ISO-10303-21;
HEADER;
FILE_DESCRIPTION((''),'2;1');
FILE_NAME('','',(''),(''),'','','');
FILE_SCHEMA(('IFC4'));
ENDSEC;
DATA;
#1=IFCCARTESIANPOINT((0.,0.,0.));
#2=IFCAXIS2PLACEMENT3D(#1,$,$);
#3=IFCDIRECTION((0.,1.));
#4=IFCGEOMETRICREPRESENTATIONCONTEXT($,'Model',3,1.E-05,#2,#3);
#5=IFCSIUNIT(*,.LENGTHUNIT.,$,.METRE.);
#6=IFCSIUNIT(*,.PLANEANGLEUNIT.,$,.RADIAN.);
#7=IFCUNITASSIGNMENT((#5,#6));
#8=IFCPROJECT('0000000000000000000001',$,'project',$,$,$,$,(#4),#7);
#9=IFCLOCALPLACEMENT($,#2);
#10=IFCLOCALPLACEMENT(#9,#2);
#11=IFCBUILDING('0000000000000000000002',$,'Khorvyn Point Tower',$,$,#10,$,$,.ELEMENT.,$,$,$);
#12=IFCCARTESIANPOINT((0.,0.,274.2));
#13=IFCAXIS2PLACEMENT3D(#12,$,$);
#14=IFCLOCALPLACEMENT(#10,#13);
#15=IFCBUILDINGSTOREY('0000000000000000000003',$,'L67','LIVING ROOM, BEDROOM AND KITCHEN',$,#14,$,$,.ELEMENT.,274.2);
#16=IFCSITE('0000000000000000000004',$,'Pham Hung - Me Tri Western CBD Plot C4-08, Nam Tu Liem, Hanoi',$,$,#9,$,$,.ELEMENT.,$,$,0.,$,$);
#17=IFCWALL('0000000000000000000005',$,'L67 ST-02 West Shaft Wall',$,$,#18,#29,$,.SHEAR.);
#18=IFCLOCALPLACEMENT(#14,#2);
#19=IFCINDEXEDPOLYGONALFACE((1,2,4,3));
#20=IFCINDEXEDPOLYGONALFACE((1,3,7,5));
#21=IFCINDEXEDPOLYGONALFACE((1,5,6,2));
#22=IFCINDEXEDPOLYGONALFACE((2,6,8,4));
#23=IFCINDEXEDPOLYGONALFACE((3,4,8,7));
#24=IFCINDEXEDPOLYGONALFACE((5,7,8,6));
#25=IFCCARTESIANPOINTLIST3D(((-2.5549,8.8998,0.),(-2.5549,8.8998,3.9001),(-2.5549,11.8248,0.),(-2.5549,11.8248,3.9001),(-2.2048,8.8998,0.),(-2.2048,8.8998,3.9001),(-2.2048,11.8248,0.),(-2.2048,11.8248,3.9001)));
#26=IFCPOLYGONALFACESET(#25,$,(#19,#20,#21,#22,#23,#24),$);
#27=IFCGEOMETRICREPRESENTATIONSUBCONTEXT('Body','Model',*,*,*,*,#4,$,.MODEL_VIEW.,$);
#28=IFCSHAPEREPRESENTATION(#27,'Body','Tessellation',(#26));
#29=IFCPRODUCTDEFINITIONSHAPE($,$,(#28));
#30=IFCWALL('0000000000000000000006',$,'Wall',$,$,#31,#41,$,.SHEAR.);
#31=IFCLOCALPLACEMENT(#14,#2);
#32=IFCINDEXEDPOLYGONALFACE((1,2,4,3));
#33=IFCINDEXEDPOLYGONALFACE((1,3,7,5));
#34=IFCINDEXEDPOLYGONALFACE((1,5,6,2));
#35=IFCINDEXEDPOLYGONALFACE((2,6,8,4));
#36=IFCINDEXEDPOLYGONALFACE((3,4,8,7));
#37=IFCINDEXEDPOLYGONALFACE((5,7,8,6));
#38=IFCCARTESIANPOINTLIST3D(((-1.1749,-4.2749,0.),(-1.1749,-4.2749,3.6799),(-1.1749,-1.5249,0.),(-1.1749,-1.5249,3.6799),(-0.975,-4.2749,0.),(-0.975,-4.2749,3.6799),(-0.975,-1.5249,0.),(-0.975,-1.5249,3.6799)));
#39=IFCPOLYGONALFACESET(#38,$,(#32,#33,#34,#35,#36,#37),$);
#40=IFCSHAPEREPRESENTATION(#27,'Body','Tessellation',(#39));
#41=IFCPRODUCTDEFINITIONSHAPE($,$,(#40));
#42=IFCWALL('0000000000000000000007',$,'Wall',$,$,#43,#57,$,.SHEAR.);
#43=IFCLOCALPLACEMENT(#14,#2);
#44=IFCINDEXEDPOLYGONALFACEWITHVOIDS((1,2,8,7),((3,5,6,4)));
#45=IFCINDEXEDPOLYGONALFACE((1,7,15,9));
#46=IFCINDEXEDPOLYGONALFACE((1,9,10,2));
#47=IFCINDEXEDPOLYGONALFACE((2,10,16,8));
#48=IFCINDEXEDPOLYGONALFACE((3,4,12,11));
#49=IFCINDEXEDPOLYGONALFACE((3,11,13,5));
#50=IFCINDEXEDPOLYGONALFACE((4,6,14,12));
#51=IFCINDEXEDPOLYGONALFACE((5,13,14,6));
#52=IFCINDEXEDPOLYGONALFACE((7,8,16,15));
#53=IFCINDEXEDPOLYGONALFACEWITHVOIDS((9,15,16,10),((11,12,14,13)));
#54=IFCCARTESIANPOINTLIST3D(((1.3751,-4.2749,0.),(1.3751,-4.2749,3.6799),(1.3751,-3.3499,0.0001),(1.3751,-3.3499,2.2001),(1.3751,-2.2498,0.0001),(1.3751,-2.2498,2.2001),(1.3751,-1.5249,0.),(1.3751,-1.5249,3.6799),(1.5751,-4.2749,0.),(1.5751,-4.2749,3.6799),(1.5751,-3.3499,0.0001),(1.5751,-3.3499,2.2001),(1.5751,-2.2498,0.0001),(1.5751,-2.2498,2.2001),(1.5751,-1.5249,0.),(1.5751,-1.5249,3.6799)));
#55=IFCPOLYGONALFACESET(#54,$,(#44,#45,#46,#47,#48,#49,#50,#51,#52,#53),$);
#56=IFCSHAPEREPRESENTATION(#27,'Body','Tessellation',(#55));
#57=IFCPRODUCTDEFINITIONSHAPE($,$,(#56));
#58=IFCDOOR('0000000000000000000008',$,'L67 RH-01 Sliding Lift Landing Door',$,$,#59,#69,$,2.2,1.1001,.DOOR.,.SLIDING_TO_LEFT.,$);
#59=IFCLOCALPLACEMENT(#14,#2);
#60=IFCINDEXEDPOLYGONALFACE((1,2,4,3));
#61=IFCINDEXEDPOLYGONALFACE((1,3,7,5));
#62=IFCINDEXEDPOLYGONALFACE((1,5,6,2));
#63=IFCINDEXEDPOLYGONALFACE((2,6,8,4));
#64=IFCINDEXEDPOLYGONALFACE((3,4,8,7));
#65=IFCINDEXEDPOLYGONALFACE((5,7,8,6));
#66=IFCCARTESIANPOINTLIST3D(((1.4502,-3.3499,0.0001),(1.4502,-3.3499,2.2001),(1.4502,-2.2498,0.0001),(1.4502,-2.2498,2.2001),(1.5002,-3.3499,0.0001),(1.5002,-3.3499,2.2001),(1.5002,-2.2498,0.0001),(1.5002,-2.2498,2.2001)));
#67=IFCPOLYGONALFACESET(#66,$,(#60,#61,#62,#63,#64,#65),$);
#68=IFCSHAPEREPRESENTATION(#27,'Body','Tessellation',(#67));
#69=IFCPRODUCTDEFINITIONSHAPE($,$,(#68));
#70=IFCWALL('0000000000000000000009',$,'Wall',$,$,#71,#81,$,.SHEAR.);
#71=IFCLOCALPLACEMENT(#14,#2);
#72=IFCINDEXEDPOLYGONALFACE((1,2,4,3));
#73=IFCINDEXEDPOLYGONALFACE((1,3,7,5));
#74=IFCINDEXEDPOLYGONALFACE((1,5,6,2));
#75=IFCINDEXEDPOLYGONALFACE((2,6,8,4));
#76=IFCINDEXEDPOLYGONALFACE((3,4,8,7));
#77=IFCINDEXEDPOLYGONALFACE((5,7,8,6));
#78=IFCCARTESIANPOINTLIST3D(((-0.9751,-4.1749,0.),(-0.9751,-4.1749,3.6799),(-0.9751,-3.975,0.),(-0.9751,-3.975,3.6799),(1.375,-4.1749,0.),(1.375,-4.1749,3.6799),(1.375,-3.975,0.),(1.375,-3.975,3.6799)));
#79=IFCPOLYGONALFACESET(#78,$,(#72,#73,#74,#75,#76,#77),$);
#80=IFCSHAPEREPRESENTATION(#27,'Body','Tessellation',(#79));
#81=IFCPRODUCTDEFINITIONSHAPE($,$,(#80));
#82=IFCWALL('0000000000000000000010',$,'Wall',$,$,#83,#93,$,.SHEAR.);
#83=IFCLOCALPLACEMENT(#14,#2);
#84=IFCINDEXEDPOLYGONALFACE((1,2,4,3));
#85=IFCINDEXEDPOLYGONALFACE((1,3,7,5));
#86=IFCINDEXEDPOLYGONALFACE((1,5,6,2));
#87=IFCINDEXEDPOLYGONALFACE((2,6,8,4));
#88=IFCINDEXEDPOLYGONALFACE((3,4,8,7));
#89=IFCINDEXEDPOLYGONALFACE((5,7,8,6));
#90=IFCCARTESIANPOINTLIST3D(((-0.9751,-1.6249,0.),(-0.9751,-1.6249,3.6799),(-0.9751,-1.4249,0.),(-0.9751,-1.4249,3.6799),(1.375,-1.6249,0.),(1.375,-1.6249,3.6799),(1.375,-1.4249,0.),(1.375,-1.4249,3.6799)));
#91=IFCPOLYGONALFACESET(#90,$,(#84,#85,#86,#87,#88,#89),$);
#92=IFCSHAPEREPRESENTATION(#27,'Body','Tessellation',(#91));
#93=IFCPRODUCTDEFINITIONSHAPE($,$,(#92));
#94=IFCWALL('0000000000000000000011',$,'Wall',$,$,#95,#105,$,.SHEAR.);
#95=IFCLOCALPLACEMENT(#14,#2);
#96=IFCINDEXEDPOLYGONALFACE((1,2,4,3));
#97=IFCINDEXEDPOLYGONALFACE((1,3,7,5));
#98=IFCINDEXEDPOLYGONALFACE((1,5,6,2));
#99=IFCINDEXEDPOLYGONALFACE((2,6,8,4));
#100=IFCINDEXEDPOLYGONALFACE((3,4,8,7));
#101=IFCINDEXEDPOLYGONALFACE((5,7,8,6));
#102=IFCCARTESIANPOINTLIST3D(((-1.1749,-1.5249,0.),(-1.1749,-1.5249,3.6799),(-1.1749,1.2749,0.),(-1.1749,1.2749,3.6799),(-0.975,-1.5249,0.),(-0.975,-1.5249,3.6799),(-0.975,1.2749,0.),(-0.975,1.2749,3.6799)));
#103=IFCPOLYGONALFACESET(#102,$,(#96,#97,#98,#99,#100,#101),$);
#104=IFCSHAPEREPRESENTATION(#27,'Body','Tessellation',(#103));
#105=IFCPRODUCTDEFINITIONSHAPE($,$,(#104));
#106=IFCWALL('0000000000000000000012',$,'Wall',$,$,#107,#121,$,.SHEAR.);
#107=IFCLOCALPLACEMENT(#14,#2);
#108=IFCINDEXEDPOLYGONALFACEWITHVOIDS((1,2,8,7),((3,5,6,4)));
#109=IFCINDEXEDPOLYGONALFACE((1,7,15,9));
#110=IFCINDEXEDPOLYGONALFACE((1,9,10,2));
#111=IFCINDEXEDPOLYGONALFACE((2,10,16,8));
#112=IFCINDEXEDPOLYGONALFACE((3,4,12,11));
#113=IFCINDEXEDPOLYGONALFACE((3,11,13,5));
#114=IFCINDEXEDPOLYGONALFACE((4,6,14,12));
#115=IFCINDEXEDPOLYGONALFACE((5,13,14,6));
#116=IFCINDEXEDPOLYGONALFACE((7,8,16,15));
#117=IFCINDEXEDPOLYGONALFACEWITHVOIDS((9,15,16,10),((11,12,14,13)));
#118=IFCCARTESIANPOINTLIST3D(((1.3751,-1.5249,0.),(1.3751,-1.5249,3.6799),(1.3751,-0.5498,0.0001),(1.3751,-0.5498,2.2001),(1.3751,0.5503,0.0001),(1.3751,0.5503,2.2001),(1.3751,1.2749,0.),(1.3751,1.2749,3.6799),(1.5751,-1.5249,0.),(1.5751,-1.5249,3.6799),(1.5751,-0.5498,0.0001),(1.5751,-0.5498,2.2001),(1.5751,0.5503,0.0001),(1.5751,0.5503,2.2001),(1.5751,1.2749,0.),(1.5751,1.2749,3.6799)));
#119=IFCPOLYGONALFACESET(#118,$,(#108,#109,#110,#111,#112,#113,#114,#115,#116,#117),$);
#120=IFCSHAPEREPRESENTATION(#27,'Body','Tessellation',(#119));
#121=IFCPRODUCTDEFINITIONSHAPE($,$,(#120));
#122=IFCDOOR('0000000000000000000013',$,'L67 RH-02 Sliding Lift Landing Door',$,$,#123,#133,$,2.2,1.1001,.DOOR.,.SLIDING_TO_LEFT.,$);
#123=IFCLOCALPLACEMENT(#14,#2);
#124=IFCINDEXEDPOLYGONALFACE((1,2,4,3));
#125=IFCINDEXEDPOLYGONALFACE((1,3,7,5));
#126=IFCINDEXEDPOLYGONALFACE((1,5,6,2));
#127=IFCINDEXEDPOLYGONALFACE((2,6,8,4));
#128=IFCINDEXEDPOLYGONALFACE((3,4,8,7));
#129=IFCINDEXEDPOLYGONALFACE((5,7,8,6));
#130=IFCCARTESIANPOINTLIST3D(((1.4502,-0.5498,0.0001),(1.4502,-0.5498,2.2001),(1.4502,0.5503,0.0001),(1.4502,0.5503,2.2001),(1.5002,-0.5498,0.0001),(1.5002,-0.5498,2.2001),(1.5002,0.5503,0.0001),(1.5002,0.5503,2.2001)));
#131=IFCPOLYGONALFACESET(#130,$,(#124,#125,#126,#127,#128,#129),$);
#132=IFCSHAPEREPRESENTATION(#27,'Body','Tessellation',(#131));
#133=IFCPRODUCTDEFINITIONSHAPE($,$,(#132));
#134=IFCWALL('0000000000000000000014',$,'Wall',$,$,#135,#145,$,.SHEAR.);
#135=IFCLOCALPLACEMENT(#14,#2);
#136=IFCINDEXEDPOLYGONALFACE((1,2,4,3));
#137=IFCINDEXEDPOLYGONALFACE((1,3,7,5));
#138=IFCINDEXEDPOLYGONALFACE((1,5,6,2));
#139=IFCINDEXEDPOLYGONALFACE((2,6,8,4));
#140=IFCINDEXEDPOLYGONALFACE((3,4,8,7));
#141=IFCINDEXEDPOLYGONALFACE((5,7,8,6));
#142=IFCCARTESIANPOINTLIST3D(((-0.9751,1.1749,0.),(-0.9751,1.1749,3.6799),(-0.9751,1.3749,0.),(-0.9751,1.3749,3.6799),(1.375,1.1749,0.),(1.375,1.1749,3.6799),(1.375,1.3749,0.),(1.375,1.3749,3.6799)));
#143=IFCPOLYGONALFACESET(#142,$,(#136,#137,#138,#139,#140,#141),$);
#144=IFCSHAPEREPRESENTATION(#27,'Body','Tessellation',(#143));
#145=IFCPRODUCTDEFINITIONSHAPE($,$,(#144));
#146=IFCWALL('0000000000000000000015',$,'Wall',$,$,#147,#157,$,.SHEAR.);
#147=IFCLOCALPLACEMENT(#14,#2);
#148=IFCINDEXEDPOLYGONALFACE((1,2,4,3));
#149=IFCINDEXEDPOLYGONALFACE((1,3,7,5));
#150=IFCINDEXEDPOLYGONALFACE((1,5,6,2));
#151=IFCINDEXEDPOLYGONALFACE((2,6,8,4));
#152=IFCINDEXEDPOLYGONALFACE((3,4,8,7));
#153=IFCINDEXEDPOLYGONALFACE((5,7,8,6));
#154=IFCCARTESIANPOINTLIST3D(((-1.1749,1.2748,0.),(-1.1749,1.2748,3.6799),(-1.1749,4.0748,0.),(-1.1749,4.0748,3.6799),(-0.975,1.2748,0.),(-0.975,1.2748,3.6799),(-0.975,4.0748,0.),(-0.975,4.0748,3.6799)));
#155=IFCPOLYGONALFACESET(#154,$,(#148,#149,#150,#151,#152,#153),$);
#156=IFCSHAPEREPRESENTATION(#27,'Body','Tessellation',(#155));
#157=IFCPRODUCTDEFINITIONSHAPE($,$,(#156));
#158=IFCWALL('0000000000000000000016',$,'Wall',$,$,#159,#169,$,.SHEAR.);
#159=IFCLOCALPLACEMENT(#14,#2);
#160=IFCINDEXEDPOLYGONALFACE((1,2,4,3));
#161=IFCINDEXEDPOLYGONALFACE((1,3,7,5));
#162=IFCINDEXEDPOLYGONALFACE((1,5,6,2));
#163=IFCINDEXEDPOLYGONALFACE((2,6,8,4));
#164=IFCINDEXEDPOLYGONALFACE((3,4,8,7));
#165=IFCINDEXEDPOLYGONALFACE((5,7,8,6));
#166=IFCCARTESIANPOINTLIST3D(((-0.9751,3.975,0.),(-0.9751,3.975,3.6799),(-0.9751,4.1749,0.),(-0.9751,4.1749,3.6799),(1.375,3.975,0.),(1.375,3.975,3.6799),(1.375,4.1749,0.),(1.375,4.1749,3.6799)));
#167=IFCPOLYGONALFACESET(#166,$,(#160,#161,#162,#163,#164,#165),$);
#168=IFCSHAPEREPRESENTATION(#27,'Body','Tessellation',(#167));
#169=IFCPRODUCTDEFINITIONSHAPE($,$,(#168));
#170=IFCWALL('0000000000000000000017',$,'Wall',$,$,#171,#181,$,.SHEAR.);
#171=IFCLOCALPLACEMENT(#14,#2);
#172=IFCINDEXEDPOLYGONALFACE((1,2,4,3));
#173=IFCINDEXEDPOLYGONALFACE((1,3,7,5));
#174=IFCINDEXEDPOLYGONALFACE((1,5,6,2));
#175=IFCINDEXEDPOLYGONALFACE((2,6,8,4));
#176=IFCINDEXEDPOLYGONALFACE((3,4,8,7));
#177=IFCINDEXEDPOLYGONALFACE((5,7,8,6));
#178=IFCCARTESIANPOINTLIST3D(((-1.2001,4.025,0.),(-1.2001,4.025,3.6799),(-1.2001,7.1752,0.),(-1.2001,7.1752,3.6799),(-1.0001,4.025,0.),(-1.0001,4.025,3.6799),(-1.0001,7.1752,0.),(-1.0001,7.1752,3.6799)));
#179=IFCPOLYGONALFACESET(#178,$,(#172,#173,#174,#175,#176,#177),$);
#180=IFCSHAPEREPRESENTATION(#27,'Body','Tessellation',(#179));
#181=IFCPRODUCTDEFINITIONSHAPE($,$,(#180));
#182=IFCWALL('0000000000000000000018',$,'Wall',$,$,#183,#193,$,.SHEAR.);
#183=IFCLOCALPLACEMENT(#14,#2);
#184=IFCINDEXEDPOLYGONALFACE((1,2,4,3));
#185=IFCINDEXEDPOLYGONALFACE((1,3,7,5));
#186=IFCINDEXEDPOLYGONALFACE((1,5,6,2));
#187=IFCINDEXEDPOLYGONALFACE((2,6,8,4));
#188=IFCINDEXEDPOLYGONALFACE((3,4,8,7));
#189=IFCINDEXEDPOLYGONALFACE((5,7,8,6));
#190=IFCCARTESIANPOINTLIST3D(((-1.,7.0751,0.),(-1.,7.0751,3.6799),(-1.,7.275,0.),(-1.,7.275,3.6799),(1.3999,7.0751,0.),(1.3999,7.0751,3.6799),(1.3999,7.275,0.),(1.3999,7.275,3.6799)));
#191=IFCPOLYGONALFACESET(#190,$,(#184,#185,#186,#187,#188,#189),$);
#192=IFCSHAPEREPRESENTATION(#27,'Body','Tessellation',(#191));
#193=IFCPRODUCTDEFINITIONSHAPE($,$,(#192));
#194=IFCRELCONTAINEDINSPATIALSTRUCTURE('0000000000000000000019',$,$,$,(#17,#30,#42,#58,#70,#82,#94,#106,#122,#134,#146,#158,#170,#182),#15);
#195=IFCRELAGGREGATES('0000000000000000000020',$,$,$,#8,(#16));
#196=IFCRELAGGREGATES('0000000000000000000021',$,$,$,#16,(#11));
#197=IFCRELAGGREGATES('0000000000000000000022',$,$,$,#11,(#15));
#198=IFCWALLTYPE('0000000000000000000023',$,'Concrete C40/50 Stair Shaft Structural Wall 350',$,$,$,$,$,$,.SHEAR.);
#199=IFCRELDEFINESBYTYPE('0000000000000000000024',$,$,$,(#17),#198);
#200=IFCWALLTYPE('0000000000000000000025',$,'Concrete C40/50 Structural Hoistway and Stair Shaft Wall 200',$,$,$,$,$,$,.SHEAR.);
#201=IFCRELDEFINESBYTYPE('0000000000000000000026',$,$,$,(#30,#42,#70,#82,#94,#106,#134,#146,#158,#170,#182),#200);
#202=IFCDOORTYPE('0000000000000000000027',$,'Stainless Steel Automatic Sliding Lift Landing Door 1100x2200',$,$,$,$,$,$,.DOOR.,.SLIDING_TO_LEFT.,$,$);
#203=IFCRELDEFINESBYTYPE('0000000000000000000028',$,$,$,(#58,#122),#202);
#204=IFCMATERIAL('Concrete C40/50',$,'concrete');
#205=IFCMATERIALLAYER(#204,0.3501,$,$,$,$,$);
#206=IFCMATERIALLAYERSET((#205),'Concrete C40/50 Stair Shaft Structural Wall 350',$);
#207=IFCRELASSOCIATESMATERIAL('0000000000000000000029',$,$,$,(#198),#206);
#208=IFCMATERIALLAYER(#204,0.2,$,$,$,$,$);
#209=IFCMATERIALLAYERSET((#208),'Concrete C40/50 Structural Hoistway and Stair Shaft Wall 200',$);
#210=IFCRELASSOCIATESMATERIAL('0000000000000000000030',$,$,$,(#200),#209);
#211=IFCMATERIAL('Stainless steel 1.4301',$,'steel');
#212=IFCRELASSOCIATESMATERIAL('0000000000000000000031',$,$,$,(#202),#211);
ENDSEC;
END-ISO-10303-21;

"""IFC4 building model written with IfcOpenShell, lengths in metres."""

from ifc_helpers import new_model, si_unit, direction, frame, frame_2d, origin, place, context, subcontext, project, spatial, rectangle, extrude, material, layer, layer_set, type_object, element, fill, save


model = new_model("IFC4")

# Units and contexts
model_context = context("Model", 3, precision=1e-05, world=origin(), true_north=direction((0.0, 1.0)))
body_context = subcontext(model_context, "Body", "Model", "MODEL_VIEW")
ifc_project = project(units=[si_unit("LENGTHUNIT", "METRE"), si_unit("PLANEANGLEUNIT", "RADIAN")], contexts=[model_context])

# Site, building, storey
site_placement = place(None, origin())
site = spatial("IfcSite", under=ifc_project, at=site_placement, Name="Pham Hung - Me Tri Western CBD Plot C4-08, Nam Tu Liem, Hanoi", CompositionType="ELEMENT", RefElevation=0.0)
building_placement = place(site_placement, origin())
building = spatial("IfcBuilding", under=site, at=building_placement, Name="Khorvyn Point Tower", CompositionType="ELEMENT")
storey_placement = place(building_placement, frame((0.0, 0.0, 274.2)))
storey = spatial("IfcBuildingStorey", under=building, at=storey_placement, Name="L67", Description="LIVING ROOM, BEDROOM AND KITCHEN", CompositionType="ELEMENT", Elevation=274.2)

# Shared definitions
ifc_material_1 = material(Name="Concrete C40/50", Category="concrete")

# Walls
ifc_layer_1 = layer(ifc_material_1, 0.3501)
ifc_layer_set_1 = layer_set([ifc_layer_1], Name="Concrete C40/50 Stair Shaft Structural Wall 350")
wall_type_1 = type_object("IfcWallType", Name="Concrete C40/50 Stair Shaft Structural Wall 350", PredefinedType="SHEAR", material=ifc_layer_set_1)
wall_1_placement = place(storey_placement, frame((-2.3799, 8.8999, 0.0), z_axis=(0.0, 0.0, 1.0), x_axis=(0.0, 1.0, 0.0)))
element("IfcWall", 1, at=wall_1_placement, inside=storey, type_object=wall_type_1, Name="L67 ST-02 West Shaft Wall", PredefinedType="SHEAR", context=body_context, shape_type="SweptSolid", body=[
    extrude(rectangle(XDim=2.925, YDim=0.3501, at=frame_2d((1.4624, 0.0))), origin(), (0.0, 0.0, 1.0), 3.9001),
])
ifc_layer_2 = layer(ifc_material_1, 0.2)
ifc_layer_set_2 = layer_set([ifc_layer_2], Name="Concrete C40/50 Structural Hoistway and Stair Shaft Wall 200")
wall_type_2 = type_object("IfcWallType", Name="Concrete C40/50 Structural Hoistway and Stair Shaft Wall 200", PredefinedType="SHEAR", material=ifc_layer_set_2)
wall_2_placement = place(storey_placement, frame((-1.075, -4.2749, 0.0), z_axis=(0.0, 0.0, 1.0), x_axis=(0.0, 1.0, 0.0)))
element("IfcWall", 2, at=wall_2_placement, inside=storey, type_object=wall_type_2, Name="Wall", PredefinedType="SHEAR", context=body_context, shape_type="SweptSolid", body=[
    extrude(rectangle(XDim=2.75, YDim=0.2, at=frame_2d((1.375, 0.0))), origin(), (0.0, 0.0, 1.0), 3.6799),
])

# Wall, opening, door
wall_3_placement = place(storey_placement, frame((1.4751, -4.2749, 0.0), z_axis=(0.0, 0.0, 1.0), x_axis=(0.0, 1.0, 0.0)))
wall_3 = element("IfcWall", 3, at=wall_3_placement, inside=storey, type_object=wall_type_2, Name="Wall", PredefinedType="SHEAR", context=body_context, shape_type="SweptSolid", body=[
    extrude(rectangle(XDim=2.75, YDim=0.2, at=frame_2d((1.375, 0.0))), origin(), (0.0, 0.0, 1.0), 3.6799),
])
opening_1_placement = place(wall_3_placement, frame((0.925, 0.0, 0.0)))
opening_1 = element("IfcOpeningElement", 4, at=opening_1_placement, cuts=wall_3, PredefinedType="OPENING", context=body_context, shape_type="SweptSolid", body=[
    extrude(rectangle(XDim=1.1001, YDim=2.2, at=frame_2d((0.55, 1.1001))), frame((0.0, 0.1099, 0.0), z_axis=(0.0, -1.0, 0.0), x_axis=(1.0, 0.0, 0.0)), (0.0, 0.0, 1.0), 0.22),
])
ifc_material_2 = material(Name="Stainless steel 1.4301", Category="steel")
door_type = type_object("IfcDoorType", Name="Stainless Steel Automatic Sliding Lift Landing Door 1100x2200", OperationType="SLIDING_TO_LEFT", PredefinedType="DOOR", material=ifc_material_2)
door_1_placement = place(opening_1_placement, origin())
door_1 = element("IfcDoor", 5, at=door_1_placement, inside=storey, type_object=door_type, Name="L67 RH-01 Sliding Lift Landing Door", OperationType="SLIDING_TO_LEFT", OverallHeight=2.2, OverallWidth=1.1001, PredefinedType="DOOR", context=body_context, shape_type="SweptSolid", body=[
    extrude(rectangle(XDim=1.1001, YDim=2.2, at=frame_2d((0.55, 1.1001))), frame((0.0, 0.0249, 0.0), z_axis=(0.0, -1.0, 0.0), x_axis=(1.0, 0.0, 0.0)), (0.0, 0.0, 1.0), 0.05),
])
fill(opening_1, door_1)

# Walls
for number, where, z_axis, x_axis, name in (
    (6, (-0.9751, -4.075, 0.0), (0.0, 0.0, 1.0), (1.0, 0.0, 0.0), "Wall"),
    (7, (-0.9751, -1.5249, 0.0), (0.0, 0.0, 1.0), (1.0, 0.0, 0.0), "Wall"),
):
    element("IfcWall", number, at=place(storey_placement, frame(where, z_axis=z_axis, x_axis=x_axis)), inside=storey, type_object=wall_type_2, Name=name, PredefinedType="SHEAR", context=body_context, shape_type="SweptSolid", body=[
        extrude(rectangle(XDim=2.3501, YDim=0.2, at=frame_2d((1.175, 0.0))), origin(), (0.0, 0.0, 1.0), 3.6799),
    ])
wall_4_placement = place(storey_placement, frame((-1.075, -1.5249, 0.0), z_axis=(0.0, 0.0, 1.0), x_axis=(0.0, 1.0, 0.0)))
element("IfcWall", 8, at=wall_4_placement, inside=storey, type_object=wall_type_2, Name="Wall", PredefinedType="SHEAR", context=body_context, shape_type="SweptSolid", body=[
    extrude(rectangle(XDim=2.7998, YDim=0.2, at=frame_2d((1.3999, 0.0))), origin(), (0.0, 0.0, 1.0), 3.6799),
])

# Wall, opening, door
wall_5_placement = place(storey_placement, frame((1.4751, -1.5249, 0.0), z_axis=(0.0, 0.0, 1.0), x_axis=(0.0, 1.0, 0.0)))
wall_5 = element("IfcWall", 9, at=wall_5_placement, inside=storey, type_object=wall_type_2, Name="Wall", PredefinedType="SHEAR", context=body_context, shape_type="SweptSolid", body=[
    extrude(rectangle(XDim=2.7998, YDim=0.2, at=frame_2d((1.3999, 0.0))), origin(), (0.0, 0.0, 1.0), 3.6799),
])
opening_2_placement = place(wall_5_placement, frame((0.9751, 0.0, 0.0)))
opening_2 = element("IfcOpeningElement", 10, at=opening_2_placement, cuts=wall_5, PredefinedType="OPENING", context=body_context, shape_type="SweptSolid", body=[
    extrude(rectangle(XDim=1.1001, YDim=2.2, at=frame_2d((0.55, 1.1001))), frame((0.0, 0.1099, 0.0), z_axis=(0.0, -1.0, 0.0), x_axis=(1.0, 0.0, 0.0)), (0.0, 0.0, 1.0), 0.22),
])
door_2_placement = place(opening_2_placement, origin())
door_2 = element("IfcDoor", 11, at=door_2_placement, inside=storey, type_object=door_type, Name="L67 RH-02 Sliding Lift Landing Door", OperationType="SLIDING_TO_LEFT", OverallHeight=2.2, OverallWidth=1.1001, PredefinedType="DOOR", context=body_context, shape_type="SweptSolid", body=[
    extrude(rectangle(XDim=1.1001, YDim=2.2, at=frame_2d((0.55, 1.1001))), frame((0.0, 0.0249, 0.0), z_axis=(0.0, -1.0, 0.0), x_axis=(1.0, 0.0, 0.0)), (0.0, 0.0, 1.0), 0.05),
])
fill(opening_2, door_2)

# Walls
wall_6_placement = place(storey_placement, frame((-0.9751, 1.2749, 0.0), z_axis=(0.0, 0.0, 1.0), x_axis=(1.0, 0.0, 0.0)))
element("IfcWall", 12, at=wall_6_placement, inside=storey, type_object=wall_type_2, Name="Wall", PredefinedType="SHEAR", context=body_context, shape_type="SweptSolid", body=[
    extrude(rectangle(XDim=2.3501, YDim=0.2, at=frame_2d((1.175, 0.0))), origin(), (0.0, 0.0, 1.0), 3.6799),
])
wall_7_placement = place(storey_placement, frame((-1.075, 1.2749, 0.0), z_axis=(0.0, 0.0, 1.0), x_axis=(0.0, 1.0, 0.0)))
element("IfcWall", 13, at=wall_7_placement, inside=storey, type_object=wall_type_2, Name="Wall", PredefinedType="SHEAR", context=body_context, shape_type="SweptSolid", body=[
    extrude(rectangle(XDim=2.8, YDim=0.2, at=frame_2d((1.3999, 0.0))), origin(), (0.0, 0.0, 1.0), 3.6799),
])
wall_8_placement = place(storey_placement, frame((-0.9751, 4.075, 0.0), z_axis=(0.0, 0.0, 1.0), x_axis=(1.0, 0.0, 0.0)))
element("IfcWall", 14, at=wall_8_placement, inside=storey, type_object=wall_type_2, Name="Wall", PredefinedType="SHEAR", context=body_context, shape_type="SweptSolid", body=[
    extrude(rectangle(XDim=2.3501, YDim=0.2, at=frame_2d((1.175, 0.0))), origin(), (0.0, 0.0, 1.0), 3.6799),
])
wall_9_placement = place(storey_placement, frame((-1.1001, 4.0249, 0.0), z_axis=(0.0, 0.0, 1.0), x_axis=(0.0, 1.0, 0.0)))
element("IfcWall", 15, at=wall_9_placement, inside=storey, type_object=wall_type_2, Name="Wall", PredefinedType="SHEAR", context=body_context, shape_type="SweptSolid", body=[
    extrude(rectangle(XDim=3.1501, YDim=0.2, at=frame_2d((1.5752, 0.0))), origin(), (0.0, 0.0, 1.0), 3.6799),
])
wall_10_placement = place(storey_placement, frame((-1.0, 7.175, 0.0), z_axis=(0.0, 0.0, 1.0), x_axis=(1.0, 0.0, 0.0)))
element("IfcWall", 16, at=wall_10_placement, inside=storey, type_object=wall_type_2, Name="Wall", PredefinedType="SHEAR", context=body_context, shape_type="SweptSolid", body=[
    extrude(rectangle(XDim=2.3999, YDim=0.2, at=frame_2d((1.2, 0.0))), origin(), (0.0, 0.0, 1.0), 3.6799),
])

save(model, "model.ifc")
